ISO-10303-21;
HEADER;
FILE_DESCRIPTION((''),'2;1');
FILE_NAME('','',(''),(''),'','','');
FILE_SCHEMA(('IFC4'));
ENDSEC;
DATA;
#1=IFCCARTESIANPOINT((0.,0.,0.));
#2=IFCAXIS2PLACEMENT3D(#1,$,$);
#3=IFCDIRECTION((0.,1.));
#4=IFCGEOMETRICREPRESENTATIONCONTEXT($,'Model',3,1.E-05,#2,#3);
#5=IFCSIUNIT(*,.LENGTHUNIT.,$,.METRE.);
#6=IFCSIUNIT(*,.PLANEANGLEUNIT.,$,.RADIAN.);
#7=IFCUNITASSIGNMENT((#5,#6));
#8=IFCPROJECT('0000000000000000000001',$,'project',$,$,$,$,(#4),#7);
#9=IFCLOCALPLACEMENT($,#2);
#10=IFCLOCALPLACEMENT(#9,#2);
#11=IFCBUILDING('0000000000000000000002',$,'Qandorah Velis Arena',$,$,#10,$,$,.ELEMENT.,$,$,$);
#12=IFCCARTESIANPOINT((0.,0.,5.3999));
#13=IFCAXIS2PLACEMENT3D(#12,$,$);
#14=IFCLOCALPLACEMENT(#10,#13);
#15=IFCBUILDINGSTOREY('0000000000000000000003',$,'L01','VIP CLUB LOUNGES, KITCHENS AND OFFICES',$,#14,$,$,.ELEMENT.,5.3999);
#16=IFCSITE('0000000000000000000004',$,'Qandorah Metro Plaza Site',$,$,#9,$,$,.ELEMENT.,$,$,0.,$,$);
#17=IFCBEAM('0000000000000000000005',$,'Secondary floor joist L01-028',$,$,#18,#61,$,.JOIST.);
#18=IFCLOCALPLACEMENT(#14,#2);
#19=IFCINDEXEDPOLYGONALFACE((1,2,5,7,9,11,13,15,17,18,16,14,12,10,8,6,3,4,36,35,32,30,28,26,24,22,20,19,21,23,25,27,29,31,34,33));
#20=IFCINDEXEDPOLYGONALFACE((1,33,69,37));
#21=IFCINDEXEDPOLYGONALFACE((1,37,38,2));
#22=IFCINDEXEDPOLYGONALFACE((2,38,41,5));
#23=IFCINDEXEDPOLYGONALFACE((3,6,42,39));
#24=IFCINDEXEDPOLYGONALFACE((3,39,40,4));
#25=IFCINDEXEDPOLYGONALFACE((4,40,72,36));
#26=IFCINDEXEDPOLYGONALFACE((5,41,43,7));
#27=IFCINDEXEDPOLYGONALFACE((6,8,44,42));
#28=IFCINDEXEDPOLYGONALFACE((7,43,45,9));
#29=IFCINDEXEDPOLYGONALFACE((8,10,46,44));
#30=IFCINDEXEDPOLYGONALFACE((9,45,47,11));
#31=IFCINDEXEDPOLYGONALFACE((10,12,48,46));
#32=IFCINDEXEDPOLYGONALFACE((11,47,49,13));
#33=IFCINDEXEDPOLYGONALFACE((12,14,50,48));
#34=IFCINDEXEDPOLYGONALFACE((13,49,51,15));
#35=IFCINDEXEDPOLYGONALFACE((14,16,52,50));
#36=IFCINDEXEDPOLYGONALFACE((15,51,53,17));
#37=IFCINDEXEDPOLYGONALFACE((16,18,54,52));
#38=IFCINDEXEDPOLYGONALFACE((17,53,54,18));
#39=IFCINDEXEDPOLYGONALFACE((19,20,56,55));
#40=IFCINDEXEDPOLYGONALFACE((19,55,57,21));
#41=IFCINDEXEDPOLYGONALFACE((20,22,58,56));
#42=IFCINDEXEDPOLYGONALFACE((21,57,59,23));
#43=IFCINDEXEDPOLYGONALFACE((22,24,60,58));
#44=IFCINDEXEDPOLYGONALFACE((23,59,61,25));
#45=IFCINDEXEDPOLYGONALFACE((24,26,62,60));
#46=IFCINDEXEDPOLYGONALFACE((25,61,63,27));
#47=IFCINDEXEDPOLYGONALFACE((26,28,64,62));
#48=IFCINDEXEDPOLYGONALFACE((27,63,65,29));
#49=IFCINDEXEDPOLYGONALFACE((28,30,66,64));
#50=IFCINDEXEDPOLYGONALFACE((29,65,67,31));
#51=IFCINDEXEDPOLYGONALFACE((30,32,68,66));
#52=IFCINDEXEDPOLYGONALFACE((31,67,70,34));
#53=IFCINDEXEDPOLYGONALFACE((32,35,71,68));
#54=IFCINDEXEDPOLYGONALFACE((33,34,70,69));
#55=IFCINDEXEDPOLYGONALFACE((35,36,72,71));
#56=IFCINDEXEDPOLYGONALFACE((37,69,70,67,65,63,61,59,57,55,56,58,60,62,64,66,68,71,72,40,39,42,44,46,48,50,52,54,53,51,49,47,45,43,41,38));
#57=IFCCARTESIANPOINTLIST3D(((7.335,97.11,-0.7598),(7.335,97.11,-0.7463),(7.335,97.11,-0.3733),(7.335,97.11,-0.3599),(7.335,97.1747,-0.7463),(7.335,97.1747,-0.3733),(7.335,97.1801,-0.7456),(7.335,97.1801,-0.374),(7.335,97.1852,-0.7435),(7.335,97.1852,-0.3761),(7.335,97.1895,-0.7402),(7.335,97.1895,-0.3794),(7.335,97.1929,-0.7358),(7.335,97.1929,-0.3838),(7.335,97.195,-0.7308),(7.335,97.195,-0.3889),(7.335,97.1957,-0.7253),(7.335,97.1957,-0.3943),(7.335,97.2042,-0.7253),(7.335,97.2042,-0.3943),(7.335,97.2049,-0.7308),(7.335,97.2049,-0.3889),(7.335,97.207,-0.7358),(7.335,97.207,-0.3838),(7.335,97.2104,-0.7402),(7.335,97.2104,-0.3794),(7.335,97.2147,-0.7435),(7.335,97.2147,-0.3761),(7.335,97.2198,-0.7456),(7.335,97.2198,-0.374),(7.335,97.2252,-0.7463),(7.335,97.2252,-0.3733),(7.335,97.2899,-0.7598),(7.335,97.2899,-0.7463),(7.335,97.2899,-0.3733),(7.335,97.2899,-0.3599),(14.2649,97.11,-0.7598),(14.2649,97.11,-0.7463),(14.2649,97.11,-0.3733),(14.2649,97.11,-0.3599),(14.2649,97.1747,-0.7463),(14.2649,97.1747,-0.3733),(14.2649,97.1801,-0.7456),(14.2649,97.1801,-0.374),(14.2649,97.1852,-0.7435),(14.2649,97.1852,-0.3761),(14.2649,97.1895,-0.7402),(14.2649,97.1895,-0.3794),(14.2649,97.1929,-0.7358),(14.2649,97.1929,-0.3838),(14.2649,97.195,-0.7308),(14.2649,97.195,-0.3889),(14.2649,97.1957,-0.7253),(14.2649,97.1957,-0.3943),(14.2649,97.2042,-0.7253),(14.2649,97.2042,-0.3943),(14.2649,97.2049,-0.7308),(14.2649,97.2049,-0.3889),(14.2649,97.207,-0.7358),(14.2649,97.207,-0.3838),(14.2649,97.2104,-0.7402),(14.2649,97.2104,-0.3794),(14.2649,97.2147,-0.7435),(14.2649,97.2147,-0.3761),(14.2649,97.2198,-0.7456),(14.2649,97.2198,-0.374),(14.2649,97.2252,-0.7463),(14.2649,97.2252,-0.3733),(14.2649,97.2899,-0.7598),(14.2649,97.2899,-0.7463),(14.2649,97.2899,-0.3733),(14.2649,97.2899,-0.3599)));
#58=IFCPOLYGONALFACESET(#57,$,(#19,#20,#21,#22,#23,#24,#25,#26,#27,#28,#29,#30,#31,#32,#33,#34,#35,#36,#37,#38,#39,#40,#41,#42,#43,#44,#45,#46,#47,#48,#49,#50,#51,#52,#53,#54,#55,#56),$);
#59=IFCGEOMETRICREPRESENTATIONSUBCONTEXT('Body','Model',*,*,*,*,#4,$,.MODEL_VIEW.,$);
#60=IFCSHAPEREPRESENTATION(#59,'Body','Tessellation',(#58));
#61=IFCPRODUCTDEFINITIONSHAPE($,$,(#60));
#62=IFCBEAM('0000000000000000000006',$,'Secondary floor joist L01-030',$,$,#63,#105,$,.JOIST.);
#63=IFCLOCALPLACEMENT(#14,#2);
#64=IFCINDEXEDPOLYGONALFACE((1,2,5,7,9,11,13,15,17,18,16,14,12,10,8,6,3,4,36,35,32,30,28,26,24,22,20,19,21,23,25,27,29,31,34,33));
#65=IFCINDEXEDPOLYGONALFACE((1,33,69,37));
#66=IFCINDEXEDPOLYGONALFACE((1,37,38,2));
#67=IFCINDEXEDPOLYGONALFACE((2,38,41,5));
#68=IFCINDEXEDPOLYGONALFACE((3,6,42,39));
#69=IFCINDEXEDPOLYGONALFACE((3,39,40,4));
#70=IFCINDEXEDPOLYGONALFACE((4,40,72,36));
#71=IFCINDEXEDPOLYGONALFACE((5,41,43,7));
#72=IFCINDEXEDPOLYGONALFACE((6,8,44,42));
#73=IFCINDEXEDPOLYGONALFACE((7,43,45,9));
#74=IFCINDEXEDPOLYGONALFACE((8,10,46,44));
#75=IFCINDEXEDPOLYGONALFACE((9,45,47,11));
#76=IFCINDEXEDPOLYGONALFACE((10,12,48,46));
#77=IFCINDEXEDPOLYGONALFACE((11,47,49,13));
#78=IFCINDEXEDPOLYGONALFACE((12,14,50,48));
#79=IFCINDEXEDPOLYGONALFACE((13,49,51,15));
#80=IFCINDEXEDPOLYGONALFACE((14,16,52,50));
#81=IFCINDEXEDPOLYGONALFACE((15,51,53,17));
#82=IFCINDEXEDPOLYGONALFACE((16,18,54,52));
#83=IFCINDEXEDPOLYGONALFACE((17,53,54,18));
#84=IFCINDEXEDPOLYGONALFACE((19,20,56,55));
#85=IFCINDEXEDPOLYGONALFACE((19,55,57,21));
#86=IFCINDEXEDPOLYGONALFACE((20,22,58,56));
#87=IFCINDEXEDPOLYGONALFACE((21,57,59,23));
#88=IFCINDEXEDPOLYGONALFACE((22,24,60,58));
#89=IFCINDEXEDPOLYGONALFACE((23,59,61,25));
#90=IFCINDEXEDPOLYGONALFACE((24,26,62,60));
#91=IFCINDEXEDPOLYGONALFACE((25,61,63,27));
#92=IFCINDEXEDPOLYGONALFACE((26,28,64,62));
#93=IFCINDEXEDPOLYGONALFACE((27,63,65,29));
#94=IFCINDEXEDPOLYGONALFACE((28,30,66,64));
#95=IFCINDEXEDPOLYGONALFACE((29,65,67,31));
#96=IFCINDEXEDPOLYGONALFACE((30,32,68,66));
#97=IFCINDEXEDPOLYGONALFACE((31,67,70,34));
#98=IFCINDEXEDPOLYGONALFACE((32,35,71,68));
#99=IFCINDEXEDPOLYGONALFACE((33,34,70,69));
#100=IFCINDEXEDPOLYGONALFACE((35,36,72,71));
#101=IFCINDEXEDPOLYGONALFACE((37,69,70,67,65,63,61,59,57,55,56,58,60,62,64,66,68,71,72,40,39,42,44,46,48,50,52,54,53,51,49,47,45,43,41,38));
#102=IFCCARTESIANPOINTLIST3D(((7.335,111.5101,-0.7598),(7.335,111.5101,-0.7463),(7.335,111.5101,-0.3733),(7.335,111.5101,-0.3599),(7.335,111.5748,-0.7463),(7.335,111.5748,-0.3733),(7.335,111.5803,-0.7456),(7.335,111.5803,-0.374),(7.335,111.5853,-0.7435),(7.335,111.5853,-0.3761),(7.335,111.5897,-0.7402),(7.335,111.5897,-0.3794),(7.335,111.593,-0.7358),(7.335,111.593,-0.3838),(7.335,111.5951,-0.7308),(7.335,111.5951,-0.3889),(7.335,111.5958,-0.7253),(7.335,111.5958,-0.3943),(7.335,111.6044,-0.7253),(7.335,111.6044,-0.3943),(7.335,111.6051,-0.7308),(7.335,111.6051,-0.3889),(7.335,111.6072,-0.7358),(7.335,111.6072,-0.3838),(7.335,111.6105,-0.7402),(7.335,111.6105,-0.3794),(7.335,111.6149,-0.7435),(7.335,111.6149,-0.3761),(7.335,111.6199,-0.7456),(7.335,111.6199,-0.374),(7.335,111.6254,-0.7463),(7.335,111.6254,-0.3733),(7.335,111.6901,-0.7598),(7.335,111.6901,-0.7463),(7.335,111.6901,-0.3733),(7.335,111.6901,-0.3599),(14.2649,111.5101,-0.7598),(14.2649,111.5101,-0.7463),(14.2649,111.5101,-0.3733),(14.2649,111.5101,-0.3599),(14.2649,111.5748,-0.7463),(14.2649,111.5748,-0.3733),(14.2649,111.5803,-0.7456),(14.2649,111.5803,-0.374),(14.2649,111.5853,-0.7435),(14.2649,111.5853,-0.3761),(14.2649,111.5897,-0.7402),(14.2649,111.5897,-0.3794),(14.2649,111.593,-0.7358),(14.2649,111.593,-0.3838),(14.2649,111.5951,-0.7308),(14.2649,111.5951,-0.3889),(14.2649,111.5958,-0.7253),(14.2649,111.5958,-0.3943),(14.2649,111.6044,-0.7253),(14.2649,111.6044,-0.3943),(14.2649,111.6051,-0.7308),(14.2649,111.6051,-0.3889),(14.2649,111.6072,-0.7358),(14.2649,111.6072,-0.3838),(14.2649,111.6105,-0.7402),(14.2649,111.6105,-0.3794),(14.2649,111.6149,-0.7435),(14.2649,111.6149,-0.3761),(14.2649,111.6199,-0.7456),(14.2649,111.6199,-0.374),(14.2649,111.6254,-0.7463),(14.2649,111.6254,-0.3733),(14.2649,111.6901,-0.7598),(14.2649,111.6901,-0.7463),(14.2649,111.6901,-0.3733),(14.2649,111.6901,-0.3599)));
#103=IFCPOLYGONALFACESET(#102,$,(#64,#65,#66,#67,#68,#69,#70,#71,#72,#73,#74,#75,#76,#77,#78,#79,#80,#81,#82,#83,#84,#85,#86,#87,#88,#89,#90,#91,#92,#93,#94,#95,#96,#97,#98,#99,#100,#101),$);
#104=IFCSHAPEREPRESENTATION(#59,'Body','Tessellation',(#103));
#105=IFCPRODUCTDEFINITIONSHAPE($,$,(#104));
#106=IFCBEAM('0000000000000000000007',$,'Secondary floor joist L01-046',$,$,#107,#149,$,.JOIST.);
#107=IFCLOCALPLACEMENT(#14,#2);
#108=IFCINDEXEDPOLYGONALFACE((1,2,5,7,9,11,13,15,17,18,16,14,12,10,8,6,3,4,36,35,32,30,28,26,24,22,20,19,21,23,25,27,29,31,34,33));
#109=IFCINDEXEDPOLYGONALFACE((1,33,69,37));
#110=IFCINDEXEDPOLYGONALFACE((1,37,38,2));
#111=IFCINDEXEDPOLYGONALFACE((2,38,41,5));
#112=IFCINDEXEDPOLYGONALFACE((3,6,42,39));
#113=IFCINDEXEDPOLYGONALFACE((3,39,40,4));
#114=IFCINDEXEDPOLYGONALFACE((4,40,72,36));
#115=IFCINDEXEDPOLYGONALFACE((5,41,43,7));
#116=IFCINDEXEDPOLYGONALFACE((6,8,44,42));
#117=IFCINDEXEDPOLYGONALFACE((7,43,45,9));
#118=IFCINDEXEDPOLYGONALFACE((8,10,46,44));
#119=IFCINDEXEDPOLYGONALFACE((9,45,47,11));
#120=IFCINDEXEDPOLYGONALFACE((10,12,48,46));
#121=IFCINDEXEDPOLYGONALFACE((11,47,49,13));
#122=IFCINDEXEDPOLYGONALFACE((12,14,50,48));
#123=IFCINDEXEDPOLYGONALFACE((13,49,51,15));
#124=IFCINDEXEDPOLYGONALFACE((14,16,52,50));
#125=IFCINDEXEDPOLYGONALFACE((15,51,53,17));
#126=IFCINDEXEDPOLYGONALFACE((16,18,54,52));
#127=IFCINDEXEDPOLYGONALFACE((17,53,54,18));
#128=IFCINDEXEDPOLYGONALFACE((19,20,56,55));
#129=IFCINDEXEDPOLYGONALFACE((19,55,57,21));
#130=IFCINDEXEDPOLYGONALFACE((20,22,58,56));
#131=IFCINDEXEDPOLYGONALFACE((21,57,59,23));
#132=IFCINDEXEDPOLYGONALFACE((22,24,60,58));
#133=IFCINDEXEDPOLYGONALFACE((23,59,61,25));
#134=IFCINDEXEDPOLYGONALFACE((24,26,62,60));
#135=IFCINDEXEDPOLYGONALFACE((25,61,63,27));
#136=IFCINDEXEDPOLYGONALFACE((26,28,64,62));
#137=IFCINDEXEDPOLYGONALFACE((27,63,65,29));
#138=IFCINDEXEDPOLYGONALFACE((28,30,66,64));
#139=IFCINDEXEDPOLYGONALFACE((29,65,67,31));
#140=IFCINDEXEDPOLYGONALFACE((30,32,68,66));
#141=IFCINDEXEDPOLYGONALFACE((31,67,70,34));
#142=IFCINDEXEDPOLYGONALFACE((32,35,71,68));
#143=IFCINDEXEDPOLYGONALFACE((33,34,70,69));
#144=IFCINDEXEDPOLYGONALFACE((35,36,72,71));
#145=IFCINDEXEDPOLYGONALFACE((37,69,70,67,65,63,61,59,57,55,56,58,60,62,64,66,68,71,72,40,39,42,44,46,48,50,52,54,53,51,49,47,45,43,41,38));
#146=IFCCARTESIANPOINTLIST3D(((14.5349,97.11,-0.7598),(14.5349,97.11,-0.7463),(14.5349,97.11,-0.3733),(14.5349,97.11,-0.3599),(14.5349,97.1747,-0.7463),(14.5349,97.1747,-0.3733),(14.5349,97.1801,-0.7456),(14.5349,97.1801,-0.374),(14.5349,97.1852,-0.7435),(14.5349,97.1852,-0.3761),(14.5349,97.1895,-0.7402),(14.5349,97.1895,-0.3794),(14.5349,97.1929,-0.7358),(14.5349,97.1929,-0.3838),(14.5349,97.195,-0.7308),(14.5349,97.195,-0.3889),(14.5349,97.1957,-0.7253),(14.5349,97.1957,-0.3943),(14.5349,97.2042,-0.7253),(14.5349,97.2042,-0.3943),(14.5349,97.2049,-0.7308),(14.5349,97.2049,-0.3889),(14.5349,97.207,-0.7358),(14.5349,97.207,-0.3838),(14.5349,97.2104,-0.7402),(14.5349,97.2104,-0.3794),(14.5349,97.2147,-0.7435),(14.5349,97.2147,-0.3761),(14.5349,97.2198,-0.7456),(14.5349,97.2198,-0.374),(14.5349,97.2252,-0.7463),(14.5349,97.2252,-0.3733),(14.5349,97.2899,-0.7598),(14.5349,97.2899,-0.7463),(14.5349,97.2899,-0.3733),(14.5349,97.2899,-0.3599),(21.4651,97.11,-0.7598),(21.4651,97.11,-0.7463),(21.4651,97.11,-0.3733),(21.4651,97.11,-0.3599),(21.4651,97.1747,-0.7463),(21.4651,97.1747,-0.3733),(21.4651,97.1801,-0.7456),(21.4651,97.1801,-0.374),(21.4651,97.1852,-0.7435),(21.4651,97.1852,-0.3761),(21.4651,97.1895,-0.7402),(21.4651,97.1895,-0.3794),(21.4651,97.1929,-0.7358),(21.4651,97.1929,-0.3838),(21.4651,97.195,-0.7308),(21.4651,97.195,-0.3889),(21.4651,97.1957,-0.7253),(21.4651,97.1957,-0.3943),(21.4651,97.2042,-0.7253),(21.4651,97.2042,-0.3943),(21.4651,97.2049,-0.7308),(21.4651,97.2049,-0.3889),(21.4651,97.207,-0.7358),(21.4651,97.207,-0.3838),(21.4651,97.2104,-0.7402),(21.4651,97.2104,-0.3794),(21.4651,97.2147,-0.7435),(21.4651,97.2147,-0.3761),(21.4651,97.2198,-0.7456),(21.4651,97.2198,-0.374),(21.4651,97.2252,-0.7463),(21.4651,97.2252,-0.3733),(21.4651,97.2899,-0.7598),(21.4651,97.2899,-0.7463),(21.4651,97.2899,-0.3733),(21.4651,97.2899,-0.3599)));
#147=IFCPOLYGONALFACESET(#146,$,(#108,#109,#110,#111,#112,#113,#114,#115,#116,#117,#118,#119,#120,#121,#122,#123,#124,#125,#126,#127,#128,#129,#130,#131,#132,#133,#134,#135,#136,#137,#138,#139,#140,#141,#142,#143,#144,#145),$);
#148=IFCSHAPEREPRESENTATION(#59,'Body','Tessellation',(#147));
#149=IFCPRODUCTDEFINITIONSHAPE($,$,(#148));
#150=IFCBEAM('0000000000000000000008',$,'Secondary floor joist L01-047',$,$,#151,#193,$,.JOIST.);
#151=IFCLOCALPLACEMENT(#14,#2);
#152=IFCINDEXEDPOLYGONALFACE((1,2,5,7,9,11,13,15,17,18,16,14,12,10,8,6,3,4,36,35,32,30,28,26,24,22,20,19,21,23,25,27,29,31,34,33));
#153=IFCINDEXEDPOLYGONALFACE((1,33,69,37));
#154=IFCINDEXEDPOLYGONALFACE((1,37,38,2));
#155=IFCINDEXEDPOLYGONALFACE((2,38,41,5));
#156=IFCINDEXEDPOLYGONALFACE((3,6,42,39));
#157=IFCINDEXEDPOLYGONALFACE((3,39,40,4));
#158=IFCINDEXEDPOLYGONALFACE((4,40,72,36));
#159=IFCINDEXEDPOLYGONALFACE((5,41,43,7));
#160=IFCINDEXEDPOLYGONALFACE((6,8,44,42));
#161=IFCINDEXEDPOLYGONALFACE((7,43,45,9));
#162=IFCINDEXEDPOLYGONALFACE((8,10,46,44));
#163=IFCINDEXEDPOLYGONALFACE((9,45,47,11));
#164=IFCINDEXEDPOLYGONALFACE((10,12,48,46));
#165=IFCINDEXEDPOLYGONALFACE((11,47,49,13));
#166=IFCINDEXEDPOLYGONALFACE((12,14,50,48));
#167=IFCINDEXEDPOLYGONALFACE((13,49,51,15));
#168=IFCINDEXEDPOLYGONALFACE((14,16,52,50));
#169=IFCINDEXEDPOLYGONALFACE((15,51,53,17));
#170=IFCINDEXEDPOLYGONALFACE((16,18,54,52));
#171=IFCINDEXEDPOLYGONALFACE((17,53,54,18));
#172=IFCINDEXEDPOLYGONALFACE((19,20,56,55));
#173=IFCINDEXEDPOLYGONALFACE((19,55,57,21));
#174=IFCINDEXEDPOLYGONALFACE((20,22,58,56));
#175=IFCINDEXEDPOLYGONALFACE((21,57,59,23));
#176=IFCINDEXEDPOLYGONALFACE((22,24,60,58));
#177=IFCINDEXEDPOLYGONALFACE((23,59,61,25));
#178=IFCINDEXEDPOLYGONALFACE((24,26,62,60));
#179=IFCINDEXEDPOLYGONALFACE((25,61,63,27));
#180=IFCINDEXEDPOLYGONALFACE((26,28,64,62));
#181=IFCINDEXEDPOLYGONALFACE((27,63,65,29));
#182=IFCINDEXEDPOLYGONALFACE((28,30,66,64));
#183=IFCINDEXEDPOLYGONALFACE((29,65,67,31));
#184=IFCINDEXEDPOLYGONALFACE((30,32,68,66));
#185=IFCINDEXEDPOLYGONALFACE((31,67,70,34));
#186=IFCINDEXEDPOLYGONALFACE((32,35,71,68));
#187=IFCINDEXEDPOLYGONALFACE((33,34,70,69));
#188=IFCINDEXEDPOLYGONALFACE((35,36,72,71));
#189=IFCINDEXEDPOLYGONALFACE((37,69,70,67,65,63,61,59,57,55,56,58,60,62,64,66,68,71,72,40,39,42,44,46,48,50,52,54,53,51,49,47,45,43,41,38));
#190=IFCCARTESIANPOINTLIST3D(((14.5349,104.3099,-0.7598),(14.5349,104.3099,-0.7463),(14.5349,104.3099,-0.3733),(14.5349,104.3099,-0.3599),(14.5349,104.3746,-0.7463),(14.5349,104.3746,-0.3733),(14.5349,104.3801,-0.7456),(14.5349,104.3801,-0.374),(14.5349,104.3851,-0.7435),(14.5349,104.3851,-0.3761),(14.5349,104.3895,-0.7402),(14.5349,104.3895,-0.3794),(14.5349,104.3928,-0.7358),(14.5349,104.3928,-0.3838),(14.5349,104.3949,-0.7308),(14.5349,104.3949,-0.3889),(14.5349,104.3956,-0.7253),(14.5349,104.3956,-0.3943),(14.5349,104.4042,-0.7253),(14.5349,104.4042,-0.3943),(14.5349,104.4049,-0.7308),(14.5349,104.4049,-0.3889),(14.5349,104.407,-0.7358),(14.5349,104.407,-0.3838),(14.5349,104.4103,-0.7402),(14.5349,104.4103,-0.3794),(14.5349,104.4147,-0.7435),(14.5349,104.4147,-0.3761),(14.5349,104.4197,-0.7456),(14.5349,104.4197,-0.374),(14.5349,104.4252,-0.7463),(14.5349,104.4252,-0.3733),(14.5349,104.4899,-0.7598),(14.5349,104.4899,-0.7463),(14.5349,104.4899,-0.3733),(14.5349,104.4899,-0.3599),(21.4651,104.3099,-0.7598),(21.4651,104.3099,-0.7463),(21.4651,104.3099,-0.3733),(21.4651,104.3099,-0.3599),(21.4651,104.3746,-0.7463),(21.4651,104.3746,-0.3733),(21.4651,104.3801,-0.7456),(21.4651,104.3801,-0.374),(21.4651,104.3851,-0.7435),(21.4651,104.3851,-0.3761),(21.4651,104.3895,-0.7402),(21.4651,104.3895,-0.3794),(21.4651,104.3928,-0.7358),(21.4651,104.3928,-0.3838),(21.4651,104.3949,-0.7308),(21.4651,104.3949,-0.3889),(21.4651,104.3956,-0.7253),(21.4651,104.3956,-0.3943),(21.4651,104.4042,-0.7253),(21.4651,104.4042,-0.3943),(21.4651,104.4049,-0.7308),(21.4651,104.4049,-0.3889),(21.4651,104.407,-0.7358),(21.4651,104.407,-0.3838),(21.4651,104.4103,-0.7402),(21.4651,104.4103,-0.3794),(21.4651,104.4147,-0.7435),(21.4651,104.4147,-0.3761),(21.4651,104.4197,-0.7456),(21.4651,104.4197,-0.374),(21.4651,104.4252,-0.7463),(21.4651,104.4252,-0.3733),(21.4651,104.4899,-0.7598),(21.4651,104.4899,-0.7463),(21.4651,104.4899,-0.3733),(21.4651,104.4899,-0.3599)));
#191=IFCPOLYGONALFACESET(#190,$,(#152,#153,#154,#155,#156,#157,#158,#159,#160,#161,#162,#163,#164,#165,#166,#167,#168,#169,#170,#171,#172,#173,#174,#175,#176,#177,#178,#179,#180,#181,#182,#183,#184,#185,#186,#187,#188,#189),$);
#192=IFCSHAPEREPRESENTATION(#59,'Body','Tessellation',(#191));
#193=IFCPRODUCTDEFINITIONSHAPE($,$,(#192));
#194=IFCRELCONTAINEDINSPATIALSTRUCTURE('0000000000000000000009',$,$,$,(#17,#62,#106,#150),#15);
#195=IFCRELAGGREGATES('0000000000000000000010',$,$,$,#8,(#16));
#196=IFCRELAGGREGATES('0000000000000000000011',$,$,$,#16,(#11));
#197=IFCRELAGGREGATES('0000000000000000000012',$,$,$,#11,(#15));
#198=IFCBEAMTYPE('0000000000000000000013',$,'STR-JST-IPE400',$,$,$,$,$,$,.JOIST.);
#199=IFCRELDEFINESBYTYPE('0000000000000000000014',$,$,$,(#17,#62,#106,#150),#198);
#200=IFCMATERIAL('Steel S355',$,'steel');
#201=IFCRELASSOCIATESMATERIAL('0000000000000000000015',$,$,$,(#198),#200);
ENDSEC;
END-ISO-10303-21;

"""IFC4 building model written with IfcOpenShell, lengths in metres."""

from ifc_helpers import new_model, si_unit, direction, frame, origin, origin_2d, place, context, subcontext, project, spatial, i_section, extrude, material, material_profile, profile_set, type_object, element, save


model = new_model("IFC4")

# Units and contexts
model_context = context("Model", 3, precision=1e-05, world=origin(), true_north=direction((0.0, 1.0)))
body_context = subcontext(model_context, "Body", "Model", "MODEL_VIEW")
ifc_project = project(units=[si_unit("LENGTHUNIT", "METRE"), si_unit("PLANEANGLEUNIT", "RADIAN")], contexts=[model_context])

# Site, building, storey
site_placement = place(None, origin())
site = spatial("IfcSite", under=ifc_project, at=site_placement, Name="Qandorah Metro Plaza Site", CompositionType="ELEMENT", RefElevation=0.0)
building_placement = place(site_placement, origin())
building = spatial("IfcBuilding", under=site, at=building_placement, Name="Qandorah Velis Arena", CompositionType="ELEMENT")
storey_placement = place(building_placement, frame((0.0, 0.0, 5.3999)))
storey = spatial("IfcBuildingStorey", under=building, at=storey_placement, Name="L01", Description="VIP CLUB LOUNGES, KITCHENS AND OFFICES", CompositionType="ELEMENT", Elevation=5.3999)

# Beams
ifc_material_1 = material(Name="Steel S355", Category="steel")
ifc_material_profile_1 = material_profile(ifc_material_1, i_section(OverallWidth=0.1799, OverallDepth=0.3999, WebThickness=0.0085, FlangeThickness=0.0134, FilletRadius=0.021, at=origin_2d()), Name="IPE 400")
ifc_profile_set_1 = profile_set([ifc_material_profile_1], Name="Steel S355")
beam_type_1 = type_object("IfcBeamType", Name="STR-JST-IPE400", PredefinedType="JOIST", material=ifc_profile_set_1)
for number, where, z_axis, x_axis, name in (
    (1, (7.335, 97.2, -0.5598), (1.0, 0.0, 0.0), (0.0, 1.0, 0.0), "Secondary floor joist L01-028"),
    (2, (7.335, 111.6001, -0.5598), (1.0, 0.0, 0.0), (0.0, 1.0, 0.0), "Secondary floor joist L01-030"),
):
    element("IfcBeam", number, at=place(storey_placement, frame(where, z_axis=z_axis, x_axis=x_axis)), inside=storey, type_object=beam_type_1, Name=name, PredefinedType="JOIST", context=body_context, shape_type="SweptSolid", body=[
        extrude(i_section(OverallWidth=0.1799, OverallDepth=0.3999, WebThickness=0.0085, FlangeThickness=0.0134, FilletRadius=0.021, at=origin_2d()), origin(), (0.0, 0.0, 1.0), 6.9299),
    ])
for number, where, z_axis, x_axis, name in (
    (3, (14.5349, 97.2, -0.5598), (1.0, 0.0, 0.0), (0.0, 1.0, 0.0), "Secondary floor joist L01-046"),
    (4, (14.5349, 104.3999, -0.5598), (1.0, 0.0, 0.0), (0.0, 1.0, 0.0), "Secondary floor joist L01-047"),
):
    element("IfcBeam", number, at=place(storey_placement, frame(where, z_axis=z_axis, x_axis=x_axis)), inside=storey, type_object=beam_type_1, Name=name, PredefinedType="JOIST", context=body_context, shape_type="SweptSolid", body=[
        extrude(i_section(OverallWidth=0.1799, OverallDepth=0.3999, WebThickness=0.0085, FlangeThickness=0.0134, FilletRadius=0.021, at=origin_2d()), origin(), (0.0, 0.0, 1.0), 6.9302),
    ])

save(model, "model.ifc")
